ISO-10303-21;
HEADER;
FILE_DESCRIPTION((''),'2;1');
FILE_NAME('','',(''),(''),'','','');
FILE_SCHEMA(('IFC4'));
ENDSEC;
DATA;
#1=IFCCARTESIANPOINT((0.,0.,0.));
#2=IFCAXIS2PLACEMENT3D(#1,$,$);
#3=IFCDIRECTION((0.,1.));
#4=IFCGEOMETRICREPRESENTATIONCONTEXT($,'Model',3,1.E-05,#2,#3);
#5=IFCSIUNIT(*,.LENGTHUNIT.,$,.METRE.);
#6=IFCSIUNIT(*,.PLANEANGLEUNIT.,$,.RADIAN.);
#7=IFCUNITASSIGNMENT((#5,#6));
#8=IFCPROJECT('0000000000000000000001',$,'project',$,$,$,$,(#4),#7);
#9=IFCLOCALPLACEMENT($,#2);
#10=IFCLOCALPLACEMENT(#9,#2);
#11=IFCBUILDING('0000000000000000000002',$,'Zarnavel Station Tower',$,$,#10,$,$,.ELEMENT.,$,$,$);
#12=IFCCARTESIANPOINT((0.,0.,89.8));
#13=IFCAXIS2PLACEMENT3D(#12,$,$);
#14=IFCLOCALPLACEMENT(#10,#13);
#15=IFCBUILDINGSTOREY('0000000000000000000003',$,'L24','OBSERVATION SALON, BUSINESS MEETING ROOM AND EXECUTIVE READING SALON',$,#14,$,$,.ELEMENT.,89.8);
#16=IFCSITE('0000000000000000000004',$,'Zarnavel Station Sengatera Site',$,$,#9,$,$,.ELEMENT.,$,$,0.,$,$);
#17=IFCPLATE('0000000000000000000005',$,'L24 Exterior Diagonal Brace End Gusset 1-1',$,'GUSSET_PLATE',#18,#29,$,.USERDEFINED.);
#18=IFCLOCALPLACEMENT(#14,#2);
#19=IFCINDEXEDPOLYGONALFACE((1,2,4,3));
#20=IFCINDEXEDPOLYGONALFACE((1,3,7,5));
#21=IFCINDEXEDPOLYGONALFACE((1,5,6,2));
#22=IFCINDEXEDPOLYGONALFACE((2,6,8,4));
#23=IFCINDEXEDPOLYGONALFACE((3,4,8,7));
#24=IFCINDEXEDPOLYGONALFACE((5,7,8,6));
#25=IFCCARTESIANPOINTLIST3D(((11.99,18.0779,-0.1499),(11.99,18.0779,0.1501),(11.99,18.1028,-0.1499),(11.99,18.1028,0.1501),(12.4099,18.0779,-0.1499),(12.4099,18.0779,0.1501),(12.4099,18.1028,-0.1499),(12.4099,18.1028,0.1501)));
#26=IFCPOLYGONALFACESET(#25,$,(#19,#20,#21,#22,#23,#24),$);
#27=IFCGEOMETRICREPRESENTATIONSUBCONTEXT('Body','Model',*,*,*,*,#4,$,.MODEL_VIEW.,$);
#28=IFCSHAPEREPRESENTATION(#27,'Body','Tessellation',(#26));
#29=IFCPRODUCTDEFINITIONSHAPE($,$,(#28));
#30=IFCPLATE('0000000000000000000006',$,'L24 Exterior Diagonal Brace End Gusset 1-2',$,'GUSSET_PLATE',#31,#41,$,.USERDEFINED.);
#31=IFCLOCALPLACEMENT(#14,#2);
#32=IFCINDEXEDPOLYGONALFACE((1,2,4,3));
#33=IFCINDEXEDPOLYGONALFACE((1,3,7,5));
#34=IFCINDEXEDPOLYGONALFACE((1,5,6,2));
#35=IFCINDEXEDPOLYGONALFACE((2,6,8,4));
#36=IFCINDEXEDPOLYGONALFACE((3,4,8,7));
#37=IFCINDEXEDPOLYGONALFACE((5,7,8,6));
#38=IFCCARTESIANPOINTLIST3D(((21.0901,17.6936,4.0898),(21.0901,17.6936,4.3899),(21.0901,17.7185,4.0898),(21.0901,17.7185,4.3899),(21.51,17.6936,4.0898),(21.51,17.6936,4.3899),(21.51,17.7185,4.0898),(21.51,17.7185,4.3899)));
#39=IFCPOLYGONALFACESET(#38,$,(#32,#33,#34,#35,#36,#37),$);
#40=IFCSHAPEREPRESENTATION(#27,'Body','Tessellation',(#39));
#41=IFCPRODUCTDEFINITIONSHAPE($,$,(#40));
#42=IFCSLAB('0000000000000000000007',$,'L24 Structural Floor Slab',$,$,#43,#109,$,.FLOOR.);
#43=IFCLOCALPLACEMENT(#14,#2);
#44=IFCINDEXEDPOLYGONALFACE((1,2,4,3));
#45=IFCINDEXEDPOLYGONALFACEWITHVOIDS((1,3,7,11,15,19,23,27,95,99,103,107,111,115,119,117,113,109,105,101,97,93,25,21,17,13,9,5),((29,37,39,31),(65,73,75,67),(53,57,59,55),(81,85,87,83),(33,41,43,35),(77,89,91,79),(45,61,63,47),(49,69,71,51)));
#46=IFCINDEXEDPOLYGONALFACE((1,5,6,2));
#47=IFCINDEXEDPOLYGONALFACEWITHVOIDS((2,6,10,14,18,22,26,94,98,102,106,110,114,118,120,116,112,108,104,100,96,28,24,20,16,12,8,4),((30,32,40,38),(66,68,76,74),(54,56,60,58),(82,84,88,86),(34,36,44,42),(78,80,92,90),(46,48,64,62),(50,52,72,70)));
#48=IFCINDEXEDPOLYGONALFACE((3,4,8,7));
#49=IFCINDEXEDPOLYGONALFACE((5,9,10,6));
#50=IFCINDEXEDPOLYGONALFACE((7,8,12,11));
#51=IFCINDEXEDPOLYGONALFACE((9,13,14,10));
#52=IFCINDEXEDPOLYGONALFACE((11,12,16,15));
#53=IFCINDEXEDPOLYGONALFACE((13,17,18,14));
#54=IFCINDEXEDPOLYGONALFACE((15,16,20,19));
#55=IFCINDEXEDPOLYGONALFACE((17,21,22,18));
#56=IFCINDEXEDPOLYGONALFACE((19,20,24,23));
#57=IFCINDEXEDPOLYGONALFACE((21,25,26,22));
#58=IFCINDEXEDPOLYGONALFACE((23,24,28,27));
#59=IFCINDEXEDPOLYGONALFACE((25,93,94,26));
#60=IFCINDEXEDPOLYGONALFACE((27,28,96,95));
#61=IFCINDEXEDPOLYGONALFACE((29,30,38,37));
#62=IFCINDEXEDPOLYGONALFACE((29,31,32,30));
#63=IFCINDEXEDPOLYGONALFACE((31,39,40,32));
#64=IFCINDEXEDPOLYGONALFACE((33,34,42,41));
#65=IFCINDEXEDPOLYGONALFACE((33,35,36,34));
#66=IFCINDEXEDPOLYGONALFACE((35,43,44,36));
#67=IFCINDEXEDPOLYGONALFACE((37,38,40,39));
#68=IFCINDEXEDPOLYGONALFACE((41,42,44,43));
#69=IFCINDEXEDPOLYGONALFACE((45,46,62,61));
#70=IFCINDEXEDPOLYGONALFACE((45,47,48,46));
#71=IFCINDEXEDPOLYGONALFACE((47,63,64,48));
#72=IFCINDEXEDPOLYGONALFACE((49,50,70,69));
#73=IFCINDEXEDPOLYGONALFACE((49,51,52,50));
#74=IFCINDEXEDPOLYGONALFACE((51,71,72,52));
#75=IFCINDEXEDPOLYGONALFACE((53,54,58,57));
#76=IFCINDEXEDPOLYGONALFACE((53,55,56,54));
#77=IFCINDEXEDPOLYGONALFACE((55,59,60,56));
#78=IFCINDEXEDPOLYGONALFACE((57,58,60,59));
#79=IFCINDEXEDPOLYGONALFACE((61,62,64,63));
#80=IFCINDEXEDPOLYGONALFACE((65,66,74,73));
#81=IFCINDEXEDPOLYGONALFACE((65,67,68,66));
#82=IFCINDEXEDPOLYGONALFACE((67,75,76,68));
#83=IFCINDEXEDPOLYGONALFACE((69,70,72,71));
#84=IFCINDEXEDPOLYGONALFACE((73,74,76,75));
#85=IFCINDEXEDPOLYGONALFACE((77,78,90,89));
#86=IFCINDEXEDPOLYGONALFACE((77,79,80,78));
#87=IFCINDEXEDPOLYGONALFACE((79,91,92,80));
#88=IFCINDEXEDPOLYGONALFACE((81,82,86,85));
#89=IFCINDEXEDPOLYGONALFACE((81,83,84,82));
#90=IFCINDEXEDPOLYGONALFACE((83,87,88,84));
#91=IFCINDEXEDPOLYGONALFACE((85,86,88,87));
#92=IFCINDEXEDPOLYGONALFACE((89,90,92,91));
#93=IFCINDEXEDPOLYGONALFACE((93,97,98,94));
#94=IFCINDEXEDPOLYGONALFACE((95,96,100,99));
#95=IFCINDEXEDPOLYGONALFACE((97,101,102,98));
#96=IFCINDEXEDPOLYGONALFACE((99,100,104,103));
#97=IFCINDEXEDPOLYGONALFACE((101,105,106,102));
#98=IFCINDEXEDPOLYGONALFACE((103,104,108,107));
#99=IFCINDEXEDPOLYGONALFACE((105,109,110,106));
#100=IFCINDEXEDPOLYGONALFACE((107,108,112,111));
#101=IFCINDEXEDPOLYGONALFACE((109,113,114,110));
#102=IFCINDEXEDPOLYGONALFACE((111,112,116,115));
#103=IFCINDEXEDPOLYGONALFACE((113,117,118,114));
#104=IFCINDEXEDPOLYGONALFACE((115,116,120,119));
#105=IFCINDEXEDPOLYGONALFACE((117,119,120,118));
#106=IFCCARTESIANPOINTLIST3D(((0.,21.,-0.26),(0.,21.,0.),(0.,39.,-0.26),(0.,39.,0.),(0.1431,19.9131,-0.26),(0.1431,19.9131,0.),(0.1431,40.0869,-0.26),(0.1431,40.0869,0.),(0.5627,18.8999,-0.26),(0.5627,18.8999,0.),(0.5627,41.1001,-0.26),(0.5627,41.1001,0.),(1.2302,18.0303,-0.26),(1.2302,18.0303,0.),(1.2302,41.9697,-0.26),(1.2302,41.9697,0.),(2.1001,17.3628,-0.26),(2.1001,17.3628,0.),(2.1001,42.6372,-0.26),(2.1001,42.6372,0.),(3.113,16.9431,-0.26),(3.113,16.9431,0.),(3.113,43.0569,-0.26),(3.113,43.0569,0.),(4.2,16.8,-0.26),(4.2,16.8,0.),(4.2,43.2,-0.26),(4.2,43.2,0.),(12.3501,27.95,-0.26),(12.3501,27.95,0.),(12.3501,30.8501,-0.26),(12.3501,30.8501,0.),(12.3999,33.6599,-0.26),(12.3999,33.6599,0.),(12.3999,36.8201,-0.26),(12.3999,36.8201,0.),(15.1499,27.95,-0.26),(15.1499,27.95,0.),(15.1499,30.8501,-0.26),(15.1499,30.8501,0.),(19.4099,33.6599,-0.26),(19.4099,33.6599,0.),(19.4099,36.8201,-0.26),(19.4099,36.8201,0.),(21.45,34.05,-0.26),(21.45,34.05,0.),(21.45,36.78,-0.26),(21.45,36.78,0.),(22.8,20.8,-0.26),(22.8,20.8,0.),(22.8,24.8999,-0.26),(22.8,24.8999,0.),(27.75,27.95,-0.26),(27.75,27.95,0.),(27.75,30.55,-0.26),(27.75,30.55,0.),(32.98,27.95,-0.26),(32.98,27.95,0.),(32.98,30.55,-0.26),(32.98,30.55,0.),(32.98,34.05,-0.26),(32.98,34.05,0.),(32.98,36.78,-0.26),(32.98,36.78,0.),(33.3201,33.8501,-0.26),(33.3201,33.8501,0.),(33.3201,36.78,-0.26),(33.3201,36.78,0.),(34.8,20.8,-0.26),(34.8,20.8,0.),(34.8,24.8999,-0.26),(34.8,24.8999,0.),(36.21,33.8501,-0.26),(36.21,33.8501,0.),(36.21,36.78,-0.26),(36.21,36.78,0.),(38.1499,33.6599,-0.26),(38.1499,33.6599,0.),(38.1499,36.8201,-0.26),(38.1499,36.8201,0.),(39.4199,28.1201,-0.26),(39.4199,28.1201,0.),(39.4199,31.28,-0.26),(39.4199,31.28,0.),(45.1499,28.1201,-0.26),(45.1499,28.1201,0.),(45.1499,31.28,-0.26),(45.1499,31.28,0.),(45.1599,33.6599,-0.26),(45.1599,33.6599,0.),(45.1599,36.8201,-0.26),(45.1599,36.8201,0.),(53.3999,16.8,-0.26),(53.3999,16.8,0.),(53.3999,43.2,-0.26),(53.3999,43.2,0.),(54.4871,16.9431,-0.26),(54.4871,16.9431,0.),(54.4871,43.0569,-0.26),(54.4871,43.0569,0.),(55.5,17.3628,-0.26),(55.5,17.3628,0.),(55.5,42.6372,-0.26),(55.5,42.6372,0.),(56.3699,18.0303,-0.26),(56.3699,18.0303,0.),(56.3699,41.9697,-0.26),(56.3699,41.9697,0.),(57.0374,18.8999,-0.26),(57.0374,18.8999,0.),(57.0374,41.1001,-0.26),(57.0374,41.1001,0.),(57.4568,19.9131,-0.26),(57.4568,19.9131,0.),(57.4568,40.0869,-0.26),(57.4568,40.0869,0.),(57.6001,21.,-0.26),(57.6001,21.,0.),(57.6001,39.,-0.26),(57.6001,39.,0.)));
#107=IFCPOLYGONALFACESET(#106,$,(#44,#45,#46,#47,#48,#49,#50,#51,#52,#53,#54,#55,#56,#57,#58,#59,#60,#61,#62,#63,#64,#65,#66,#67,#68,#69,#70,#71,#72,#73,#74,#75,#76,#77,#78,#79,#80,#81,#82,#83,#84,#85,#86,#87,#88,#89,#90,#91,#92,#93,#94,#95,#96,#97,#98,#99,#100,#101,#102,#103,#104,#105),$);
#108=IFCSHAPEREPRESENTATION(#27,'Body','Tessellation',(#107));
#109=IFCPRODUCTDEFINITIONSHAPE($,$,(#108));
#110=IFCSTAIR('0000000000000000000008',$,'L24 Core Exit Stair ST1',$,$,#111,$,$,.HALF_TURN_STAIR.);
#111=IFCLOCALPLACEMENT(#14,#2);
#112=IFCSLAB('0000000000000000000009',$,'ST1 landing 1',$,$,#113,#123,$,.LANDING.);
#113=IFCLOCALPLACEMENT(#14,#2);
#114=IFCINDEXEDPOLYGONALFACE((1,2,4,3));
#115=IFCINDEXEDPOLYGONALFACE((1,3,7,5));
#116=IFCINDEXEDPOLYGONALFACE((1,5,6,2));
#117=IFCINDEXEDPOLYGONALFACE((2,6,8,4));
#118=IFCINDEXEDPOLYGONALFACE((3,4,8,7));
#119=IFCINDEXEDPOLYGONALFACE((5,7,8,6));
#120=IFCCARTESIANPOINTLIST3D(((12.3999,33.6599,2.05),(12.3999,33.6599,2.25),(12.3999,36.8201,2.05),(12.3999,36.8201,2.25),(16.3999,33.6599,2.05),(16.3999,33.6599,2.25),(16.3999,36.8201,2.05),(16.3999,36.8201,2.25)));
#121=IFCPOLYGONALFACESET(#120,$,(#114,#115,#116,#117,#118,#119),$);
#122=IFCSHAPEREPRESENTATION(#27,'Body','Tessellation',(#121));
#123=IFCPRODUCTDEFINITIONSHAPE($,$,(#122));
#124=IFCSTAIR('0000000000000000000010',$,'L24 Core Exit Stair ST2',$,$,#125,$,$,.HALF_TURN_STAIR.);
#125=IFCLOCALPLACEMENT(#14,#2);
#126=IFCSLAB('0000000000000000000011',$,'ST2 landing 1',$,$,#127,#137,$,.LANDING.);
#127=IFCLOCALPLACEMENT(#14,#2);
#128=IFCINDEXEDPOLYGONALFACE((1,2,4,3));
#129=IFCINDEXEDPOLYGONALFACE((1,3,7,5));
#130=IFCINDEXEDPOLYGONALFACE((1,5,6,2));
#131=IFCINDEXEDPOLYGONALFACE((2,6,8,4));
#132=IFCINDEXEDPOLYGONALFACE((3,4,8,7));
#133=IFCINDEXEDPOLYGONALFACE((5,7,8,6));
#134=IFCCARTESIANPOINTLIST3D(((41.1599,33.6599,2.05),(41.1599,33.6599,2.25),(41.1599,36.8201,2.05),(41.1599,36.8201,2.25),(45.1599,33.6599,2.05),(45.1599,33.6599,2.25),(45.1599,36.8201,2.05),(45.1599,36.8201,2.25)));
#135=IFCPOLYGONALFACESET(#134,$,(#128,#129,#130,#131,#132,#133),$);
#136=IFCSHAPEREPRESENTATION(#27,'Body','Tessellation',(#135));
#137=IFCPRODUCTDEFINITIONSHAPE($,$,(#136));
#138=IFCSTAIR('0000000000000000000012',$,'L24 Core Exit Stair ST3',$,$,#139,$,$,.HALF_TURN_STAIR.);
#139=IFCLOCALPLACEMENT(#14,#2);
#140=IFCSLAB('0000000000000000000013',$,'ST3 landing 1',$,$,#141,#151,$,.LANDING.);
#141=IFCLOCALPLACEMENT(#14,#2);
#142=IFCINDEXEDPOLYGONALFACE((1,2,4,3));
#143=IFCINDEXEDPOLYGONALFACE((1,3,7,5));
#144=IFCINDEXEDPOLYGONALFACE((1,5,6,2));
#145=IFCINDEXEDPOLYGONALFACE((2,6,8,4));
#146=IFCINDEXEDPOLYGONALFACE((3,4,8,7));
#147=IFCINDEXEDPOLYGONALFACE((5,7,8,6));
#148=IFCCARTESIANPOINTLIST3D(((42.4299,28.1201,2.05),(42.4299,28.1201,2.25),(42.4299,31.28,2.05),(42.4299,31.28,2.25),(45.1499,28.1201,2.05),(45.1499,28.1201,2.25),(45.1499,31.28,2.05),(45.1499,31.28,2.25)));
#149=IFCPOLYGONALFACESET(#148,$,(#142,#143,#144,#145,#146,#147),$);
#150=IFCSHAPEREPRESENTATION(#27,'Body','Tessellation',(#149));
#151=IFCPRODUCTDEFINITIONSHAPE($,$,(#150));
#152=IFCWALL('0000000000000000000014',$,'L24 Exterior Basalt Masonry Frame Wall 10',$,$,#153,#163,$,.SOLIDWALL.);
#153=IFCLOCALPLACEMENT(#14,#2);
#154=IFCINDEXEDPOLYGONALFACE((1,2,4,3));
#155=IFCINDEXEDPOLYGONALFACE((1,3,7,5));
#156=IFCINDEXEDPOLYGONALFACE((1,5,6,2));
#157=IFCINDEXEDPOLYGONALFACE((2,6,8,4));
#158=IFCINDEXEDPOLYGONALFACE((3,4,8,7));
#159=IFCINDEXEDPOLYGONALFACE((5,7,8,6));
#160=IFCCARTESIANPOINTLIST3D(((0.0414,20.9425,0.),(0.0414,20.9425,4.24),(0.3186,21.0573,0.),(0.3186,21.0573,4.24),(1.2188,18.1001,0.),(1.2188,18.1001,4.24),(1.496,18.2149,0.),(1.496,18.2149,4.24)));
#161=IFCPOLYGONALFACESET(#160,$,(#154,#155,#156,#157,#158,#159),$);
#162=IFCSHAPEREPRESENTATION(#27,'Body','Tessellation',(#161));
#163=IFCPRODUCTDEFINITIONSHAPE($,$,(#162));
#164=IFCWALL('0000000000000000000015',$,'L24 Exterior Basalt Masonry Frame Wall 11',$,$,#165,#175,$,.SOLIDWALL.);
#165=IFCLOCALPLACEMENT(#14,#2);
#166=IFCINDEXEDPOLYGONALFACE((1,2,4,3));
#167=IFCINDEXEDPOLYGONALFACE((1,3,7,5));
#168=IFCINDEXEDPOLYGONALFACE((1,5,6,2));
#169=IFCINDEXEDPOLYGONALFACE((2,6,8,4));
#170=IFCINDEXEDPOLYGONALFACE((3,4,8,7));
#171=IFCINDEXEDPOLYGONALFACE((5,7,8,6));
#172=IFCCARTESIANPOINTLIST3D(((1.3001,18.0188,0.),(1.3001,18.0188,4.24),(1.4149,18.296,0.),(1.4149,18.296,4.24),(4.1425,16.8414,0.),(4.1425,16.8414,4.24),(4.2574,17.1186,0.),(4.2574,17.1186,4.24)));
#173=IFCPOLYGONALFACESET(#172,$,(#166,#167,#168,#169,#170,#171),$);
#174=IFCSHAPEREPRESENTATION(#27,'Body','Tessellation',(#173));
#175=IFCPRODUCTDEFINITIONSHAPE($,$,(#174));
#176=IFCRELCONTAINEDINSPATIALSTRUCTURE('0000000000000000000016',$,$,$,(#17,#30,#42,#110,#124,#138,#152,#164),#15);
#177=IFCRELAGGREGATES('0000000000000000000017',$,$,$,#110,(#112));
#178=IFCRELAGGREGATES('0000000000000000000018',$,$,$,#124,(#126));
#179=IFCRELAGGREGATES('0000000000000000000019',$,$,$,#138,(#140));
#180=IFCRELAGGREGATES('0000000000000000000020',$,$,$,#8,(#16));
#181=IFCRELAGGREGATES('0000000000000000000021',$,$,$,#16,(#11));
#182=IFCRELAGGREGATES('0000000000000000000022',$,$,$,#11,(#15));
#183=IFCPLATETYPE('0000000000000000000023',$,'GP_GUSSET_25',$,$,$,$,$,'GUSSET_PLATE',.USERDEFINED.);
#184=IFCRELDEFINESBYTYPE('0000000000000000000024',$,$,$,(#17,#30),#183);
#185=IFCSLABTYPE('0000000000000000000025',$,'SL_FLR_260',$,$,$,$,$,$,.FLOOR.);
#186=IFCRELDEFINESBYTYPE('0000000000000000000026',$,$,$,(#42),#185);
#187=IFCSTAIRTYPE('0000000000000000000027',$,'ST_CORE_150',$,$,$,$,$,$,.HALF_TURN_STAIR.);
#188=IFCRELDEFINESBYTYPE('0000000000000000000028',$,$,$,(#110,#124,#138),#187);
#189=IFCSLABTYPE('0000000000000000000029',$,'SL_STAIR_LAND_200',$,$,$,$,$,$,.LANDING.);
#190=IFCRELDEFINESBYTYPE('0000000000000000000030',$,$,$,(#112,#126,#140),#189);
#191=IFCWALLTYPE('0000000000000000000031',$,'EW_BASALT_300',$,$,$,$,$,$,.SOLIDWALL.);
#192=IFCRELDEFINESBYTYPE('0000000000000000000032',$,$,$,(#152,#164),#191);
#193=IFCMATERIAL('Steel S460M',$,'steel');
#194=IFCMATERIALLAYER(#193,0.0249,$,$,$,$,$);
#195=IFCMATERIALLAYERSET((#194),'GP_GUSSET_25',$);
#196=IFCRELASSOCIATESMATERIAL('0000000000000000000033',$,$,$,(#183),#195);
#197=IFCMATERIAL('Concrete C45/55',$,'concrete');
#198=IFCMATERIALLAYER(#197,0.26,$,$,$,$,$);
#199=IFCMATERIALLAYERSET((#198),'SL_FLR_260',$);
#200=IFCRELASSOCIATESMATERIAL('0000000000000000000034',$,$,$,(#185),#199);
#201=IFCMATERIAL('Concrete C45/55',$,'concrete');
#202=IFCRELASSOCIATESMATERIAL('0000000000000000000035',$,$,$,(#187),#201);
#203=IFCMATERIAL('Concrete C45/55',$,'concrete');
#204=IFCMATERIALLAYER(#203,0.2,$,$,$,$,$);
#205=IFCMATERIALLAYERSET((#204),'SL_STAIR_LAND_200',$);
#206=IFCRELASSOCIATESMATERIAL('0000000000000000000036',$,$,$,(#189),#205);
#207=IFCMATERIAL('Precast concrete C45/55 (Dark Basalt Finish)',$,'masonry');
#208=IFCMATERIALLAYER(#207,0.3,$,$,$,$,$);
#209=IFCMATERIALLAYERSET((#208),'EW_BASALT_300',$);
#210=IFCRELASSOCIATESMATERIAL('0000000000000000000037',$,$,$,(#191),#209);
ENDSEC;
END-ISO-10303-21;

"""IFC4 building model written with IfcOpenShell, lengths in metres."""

from ifc_helpers import new_model, si_unit, direction, frame, frame_2d, origin, origin_2d, place, context, subcontext, project, spatial, polyline, rectangle, outline, extrude, material, layer, layer_set, type_object, element, aggregate, save


model = new_model("IFC4")

# Units and contexts
model_context = context("Model", 3, precision=1e-05, world=origin(), true_north=direction((0.0, 1.0)))
body_context = subcontext(model_context, "Body", "Model", "MODEL_VIEW")
ifc_project = project(units=[si_unit("LENGTHUNIT", "METRE"), si_unit("PLANEANGLEUNIT", "RADIAN")], contexts=[model_context])

# Site, building, storey
site_placement = place(None, origin())
site = spatial("IfcSite", under=ifc_project, at=site_placement, Name="Zarnavel Station Sengatera Site", CompositionType="ELEMENT", RefElevation=0.0)
building_placement = place(site_placement, origin())
building = spatial("IfcBuilding", under=site, at=building_placement, Name="Zarnavel Station Tower", CompositionType="ELEMENT")
storey_placement = place(building_placement, frame((0.0, 0.0, 89.8)))
storey = spatial("IfcBuildingStorey", under=building, at=storey_placement, Name="L24", Description="OBSERVATION SALON, BUSINESS MEETING ROOM AND EXECUTIVE READING SALON", CompositionType="ELEMENT", Elevation=89.8)

# Plates
ifc_material_1 = material(Name="Steel S460M", Category="steel")
ifc_layer_1 = layer(ifc_material_1, 0.0249)
ifc_layer_set_1 = layer_set([ifc_layer_1], Name="GP_GUSSET_25")
plate_type = type_object("IfcPlateType", Name="GP_GUSSET_25", ElementType="GUSSET_PLATE", PredefinedType="USERDEFINED", material=ifc_layer_set_1)
for number, where, z_axis, x_axis, name in (
    (1, (12.2, 18.0903, -0.1499), (0.0, 0.0, 1.0), (1.0, 0.0, 0.0), "L24 Exterior Diagonal Brace End Gusset 1-1"),
    (2, (21.3, 17.7061, 4.0898), (0.0, 0.0, 1.0), (1.0, 0.0, 0.0), "L24 Exterior Diagonal Brace End Gusset 1-2"),
):
    element("IfcPlate", number, at=place(storey_placement, frame(where, z_axis=z_axis, x_axis=x_axis)), inside=storey, type_object=plate_type, Name=name, ObjectType="GUSSET_PLATE", PredefinedType="USERDEFINED", context=body_context, shape_type="SweptSolid", body=[
        extrude(rectangle(XDim=0.4199, YDim=0.0249, at=origin_2d()), origin(), (0.0, 0.0, 1.0), 0.3),
    ])

# Slab
ifc_material_2 = material(Name="Concrete C45/55", Category="concrete")
ifc_layer_2 = layer(ifc_material_2, 0.26)
ifc_layer_set_2 = layer_set([ifc_layer_2], Name="SL_FLR_260")
slab_type_1 = type_object("IfcSlabType", Name="SL_FLR_260", PredefinedType="FLOOR", material=ifc_layer_set_2)
slab_1_placement = place(storey_placement, frame((0.0, 0.0, -0.26)))
element("IfcSlab", 3, at=slab_1_placement, inside=storey, type_object=slab_type_1, Name="L24 Structural Floor Slab", PredefinedType="FLOOR", context=body_context, shape_type="SweptSolid", body=[
    extrude(outline(polyline([(53.3999, 16.8), (54.4871, 16.9431), (55.5, 17.3628), (56.3699, 18.0303), (57.0374, 18.8999), (57.4568, 19.9131), (57.6001, 21.0), (57.6001, 39.0), (57.4568, 40.0869), (57.0374, 41.1001), (56.3699, 41.9697), (55.5, 42.6372), (54.4871, 43.0569), (53.3999, 43.2), (4.2, 43.2), (3.113, 43.0569), (2.1001, 42.6372), (1.2302, 41.9697), (0.5627, 41.1001), (0.1431, 40.0869), (0.0, 39.0), (0.0, 21.0), (0.1431, 19.9131), (0.5627, 18.8999), (1.2302, 18.0303), (2.1001, 17.3628), (3.113, 16.9431), (4.2, 16.8), (53.3999, 16.8)]), holes=[polyline([(12.3999, 33.6599), (19.4099, 33.6599), (19.4099, 36.8201), (12.3999, 36.8201), (12.3999, 33.6599)]), polyline([(38.1499, 33.6599), (45.1599, 33.6599), (45.1599, 36.8201), (38.1499, 36.8201), (38.1499, 33.6599)]), polyline([(39.4199, 28.1201), (45.1499, 28.1201), (45.1499, 31.28), (39.4199, 31.28), (39.4199, 28.1201)]), polyline([(12.3501, 27.95), (15.1499, 27.95), (15.1499, 30.8501), (12.3501, 30.8501), (12.3501, 27.95)]), polyline([(33.3201, 33.8501), (36.21, 33.8501), (36.21, 36.78), (33.3201, 36.78), (33.3201, 33.8501)]), polyline([(21.45, 34.05), (32.98, 34.05), (32.98, 36.78), (21.45, 36.78), (21.45, 34.05)]), polyline([(27.75, 27.95), (32.98, 27.95), (32.98, 30.55), (27.75, 30.55), (27.75, 27.95)]), polyline([(22.8, 20.8), (34.8, 20.8), (34.8, 24.8999), (22.8, 24.8999), (22.8, 20.8)])]), origin(), (0.0, 0.0, 1.0), 0.26),
])

# Stairs, slabs
ifc_material_3 = material(Name="Concrete C45/55", Category="concrete")
stair_type = type_object("IfcStairType", Name="ST_CORE_150", PredefinedType="HALF_TURN_STAIR", material=ifc_material_3)
stair_1_placement = place(storey_placement, origin())
stair_1 = element("IfcStair", 4, at=stair_1_placement, inside=storey, type_object=stair_type, Name="L24 Core Exit Stair ST1", PredefinedType="HALF_TURN_STAIR")
ifc_material_4 = material(Name="Concrete C45/55", Category="concrete")
ifc_layer_3 = layer(ifc_material_4, 0.2)
ifc_layer_set_3 = layer_set([ifc_layer_3], Name="SL_STAIR_LAND_200")
slab_type_2 = type_object("IfcSlabType", Name="SL_STAIR_LAND_200", PredefinedType="LANDING", material=ifc_layer_set_3)
slab_2_placement = place(storey_placement, frame((0.0, 0.0, 2.05)))
slab_2 = element("IfcSlab", 5, at=slab_2_placement, type_object=slab_type_2, Name="ST1 landing 1", PredefinedType="LANDING", context=body_context, shape_type="SweptSolid", body=[
    extrude(outline(polyline([(16.3999, 36.8201), (12.3999, 36.8201), (12.3999, 33.6599), (16.3999, 33.6599), (16.3999, 36.8201)])), origin(), (0.0, 0.0, 1.0), 0.2),
])
aggregate(stair_1, [slab_2])
stair_2_placement = place(storey_placement, origin())
stair_2 = element("IfcStair", 6, at=stair_2_placement, inside=storey, type_object=stair_type, Name="L24 Core Exit Stair ST2", PredefinedType="HALF_TURN_STAIR")
slab_3_placement = place(storey_placement, frame((0.0, 0.0, 2.05)))
slab_3 = element("IfcSlab", 7, at=slab_3_placement, type_object=slab_type_2, Name="ST2 landing 1", PredefinedType="LANDING", context=body_context, shape_type="SweptSolid", body=[
    extrude(outline(polyline([(41.1599, 33.6599), (45.1599, 33.6599), (45.1599, 36.8201), (41.1599, 36.8201), (41.1599, 33.6599)])), origin(), (0.0, 0.0, 1.0), 0.2),
])
aggregate(stair_2, [slab_3])
stair_3_placement = place(storey_placement, origin())
stair_3 = element("IfcStair", 8, at=stair_3_placement, inside=storey, type_object=stair_type, Name="L24 Core Exit Stair ST3", PredefinedType="HALF_TURN_STAIR")
slab_4_placement = place(storey_placement, frame((0.0, 0.0, 2.05)))
slab_4 = element("IfcSlab", 9, at=slab_4_placement, type_object=slab_type_2, Name="ST3 landing 1", PredefinedType="LANDING", context=body_context, shape_type="SweptSolid", body=[
    extrude(outline(polyline([(42.4299, 28.1201), (45.1499, 28.1201), (45.1499, 31.28), (42.4299, 31.28), (42.4299, 28.1201)])), origin(), (0.0, 0.0, 1.0), 0.2),
])
aggregate(stair_3, [slab_4])

# Walls
ifc_material_5 = material(Name="Precast concrete C45/55 (Dark Basalt Finish)", Category="masonry")
ifc_layer_4 = layer(ifc_material_5, 0.3)
ifc_layer_set_4 = layer_set([ifc_layer_4], Name="EW_BASALT_300")
wall_type_1 = type_object("IfcWallType", Name="EW_BASALT_300", PredefinedType="SOLIDWALL", material=ifc_layer_set_4)
for number, where, z_axis, x_axis, name in (
    (10, (1.3574, 18.1575, 0.0), (0.0, 0.0, 1.0), (-0.382705, 0.923871, 0.0), "L24 Exterior Basalt Masonry Frame Wall 10"),
    (11, (4.2, 16.98, 0.0), (0.0, 0.0, 1.0), (-0.923871, 0.382705, 0.0), "L24 Exterior Basalt Masonry Frame Wall 11"),
):
    element("IfcWall", number, at=place(storey_placement, frame(where, z_axis=z_axis, x_axis=x_axis)), inside=storey, type_object=wall_type_1, Name=name, PredefinedType="SOLIDWALL", context=body_context, shape_type="SweptSolid", body=[
        extrude(rectangle(XDim=3.0767, YDim=0.3, at=frame_2d((1.5383, 0.0))), origin(), (0.0, 0.0, 1.0), 4.24),
    ])

save(model, "model.ifc")
